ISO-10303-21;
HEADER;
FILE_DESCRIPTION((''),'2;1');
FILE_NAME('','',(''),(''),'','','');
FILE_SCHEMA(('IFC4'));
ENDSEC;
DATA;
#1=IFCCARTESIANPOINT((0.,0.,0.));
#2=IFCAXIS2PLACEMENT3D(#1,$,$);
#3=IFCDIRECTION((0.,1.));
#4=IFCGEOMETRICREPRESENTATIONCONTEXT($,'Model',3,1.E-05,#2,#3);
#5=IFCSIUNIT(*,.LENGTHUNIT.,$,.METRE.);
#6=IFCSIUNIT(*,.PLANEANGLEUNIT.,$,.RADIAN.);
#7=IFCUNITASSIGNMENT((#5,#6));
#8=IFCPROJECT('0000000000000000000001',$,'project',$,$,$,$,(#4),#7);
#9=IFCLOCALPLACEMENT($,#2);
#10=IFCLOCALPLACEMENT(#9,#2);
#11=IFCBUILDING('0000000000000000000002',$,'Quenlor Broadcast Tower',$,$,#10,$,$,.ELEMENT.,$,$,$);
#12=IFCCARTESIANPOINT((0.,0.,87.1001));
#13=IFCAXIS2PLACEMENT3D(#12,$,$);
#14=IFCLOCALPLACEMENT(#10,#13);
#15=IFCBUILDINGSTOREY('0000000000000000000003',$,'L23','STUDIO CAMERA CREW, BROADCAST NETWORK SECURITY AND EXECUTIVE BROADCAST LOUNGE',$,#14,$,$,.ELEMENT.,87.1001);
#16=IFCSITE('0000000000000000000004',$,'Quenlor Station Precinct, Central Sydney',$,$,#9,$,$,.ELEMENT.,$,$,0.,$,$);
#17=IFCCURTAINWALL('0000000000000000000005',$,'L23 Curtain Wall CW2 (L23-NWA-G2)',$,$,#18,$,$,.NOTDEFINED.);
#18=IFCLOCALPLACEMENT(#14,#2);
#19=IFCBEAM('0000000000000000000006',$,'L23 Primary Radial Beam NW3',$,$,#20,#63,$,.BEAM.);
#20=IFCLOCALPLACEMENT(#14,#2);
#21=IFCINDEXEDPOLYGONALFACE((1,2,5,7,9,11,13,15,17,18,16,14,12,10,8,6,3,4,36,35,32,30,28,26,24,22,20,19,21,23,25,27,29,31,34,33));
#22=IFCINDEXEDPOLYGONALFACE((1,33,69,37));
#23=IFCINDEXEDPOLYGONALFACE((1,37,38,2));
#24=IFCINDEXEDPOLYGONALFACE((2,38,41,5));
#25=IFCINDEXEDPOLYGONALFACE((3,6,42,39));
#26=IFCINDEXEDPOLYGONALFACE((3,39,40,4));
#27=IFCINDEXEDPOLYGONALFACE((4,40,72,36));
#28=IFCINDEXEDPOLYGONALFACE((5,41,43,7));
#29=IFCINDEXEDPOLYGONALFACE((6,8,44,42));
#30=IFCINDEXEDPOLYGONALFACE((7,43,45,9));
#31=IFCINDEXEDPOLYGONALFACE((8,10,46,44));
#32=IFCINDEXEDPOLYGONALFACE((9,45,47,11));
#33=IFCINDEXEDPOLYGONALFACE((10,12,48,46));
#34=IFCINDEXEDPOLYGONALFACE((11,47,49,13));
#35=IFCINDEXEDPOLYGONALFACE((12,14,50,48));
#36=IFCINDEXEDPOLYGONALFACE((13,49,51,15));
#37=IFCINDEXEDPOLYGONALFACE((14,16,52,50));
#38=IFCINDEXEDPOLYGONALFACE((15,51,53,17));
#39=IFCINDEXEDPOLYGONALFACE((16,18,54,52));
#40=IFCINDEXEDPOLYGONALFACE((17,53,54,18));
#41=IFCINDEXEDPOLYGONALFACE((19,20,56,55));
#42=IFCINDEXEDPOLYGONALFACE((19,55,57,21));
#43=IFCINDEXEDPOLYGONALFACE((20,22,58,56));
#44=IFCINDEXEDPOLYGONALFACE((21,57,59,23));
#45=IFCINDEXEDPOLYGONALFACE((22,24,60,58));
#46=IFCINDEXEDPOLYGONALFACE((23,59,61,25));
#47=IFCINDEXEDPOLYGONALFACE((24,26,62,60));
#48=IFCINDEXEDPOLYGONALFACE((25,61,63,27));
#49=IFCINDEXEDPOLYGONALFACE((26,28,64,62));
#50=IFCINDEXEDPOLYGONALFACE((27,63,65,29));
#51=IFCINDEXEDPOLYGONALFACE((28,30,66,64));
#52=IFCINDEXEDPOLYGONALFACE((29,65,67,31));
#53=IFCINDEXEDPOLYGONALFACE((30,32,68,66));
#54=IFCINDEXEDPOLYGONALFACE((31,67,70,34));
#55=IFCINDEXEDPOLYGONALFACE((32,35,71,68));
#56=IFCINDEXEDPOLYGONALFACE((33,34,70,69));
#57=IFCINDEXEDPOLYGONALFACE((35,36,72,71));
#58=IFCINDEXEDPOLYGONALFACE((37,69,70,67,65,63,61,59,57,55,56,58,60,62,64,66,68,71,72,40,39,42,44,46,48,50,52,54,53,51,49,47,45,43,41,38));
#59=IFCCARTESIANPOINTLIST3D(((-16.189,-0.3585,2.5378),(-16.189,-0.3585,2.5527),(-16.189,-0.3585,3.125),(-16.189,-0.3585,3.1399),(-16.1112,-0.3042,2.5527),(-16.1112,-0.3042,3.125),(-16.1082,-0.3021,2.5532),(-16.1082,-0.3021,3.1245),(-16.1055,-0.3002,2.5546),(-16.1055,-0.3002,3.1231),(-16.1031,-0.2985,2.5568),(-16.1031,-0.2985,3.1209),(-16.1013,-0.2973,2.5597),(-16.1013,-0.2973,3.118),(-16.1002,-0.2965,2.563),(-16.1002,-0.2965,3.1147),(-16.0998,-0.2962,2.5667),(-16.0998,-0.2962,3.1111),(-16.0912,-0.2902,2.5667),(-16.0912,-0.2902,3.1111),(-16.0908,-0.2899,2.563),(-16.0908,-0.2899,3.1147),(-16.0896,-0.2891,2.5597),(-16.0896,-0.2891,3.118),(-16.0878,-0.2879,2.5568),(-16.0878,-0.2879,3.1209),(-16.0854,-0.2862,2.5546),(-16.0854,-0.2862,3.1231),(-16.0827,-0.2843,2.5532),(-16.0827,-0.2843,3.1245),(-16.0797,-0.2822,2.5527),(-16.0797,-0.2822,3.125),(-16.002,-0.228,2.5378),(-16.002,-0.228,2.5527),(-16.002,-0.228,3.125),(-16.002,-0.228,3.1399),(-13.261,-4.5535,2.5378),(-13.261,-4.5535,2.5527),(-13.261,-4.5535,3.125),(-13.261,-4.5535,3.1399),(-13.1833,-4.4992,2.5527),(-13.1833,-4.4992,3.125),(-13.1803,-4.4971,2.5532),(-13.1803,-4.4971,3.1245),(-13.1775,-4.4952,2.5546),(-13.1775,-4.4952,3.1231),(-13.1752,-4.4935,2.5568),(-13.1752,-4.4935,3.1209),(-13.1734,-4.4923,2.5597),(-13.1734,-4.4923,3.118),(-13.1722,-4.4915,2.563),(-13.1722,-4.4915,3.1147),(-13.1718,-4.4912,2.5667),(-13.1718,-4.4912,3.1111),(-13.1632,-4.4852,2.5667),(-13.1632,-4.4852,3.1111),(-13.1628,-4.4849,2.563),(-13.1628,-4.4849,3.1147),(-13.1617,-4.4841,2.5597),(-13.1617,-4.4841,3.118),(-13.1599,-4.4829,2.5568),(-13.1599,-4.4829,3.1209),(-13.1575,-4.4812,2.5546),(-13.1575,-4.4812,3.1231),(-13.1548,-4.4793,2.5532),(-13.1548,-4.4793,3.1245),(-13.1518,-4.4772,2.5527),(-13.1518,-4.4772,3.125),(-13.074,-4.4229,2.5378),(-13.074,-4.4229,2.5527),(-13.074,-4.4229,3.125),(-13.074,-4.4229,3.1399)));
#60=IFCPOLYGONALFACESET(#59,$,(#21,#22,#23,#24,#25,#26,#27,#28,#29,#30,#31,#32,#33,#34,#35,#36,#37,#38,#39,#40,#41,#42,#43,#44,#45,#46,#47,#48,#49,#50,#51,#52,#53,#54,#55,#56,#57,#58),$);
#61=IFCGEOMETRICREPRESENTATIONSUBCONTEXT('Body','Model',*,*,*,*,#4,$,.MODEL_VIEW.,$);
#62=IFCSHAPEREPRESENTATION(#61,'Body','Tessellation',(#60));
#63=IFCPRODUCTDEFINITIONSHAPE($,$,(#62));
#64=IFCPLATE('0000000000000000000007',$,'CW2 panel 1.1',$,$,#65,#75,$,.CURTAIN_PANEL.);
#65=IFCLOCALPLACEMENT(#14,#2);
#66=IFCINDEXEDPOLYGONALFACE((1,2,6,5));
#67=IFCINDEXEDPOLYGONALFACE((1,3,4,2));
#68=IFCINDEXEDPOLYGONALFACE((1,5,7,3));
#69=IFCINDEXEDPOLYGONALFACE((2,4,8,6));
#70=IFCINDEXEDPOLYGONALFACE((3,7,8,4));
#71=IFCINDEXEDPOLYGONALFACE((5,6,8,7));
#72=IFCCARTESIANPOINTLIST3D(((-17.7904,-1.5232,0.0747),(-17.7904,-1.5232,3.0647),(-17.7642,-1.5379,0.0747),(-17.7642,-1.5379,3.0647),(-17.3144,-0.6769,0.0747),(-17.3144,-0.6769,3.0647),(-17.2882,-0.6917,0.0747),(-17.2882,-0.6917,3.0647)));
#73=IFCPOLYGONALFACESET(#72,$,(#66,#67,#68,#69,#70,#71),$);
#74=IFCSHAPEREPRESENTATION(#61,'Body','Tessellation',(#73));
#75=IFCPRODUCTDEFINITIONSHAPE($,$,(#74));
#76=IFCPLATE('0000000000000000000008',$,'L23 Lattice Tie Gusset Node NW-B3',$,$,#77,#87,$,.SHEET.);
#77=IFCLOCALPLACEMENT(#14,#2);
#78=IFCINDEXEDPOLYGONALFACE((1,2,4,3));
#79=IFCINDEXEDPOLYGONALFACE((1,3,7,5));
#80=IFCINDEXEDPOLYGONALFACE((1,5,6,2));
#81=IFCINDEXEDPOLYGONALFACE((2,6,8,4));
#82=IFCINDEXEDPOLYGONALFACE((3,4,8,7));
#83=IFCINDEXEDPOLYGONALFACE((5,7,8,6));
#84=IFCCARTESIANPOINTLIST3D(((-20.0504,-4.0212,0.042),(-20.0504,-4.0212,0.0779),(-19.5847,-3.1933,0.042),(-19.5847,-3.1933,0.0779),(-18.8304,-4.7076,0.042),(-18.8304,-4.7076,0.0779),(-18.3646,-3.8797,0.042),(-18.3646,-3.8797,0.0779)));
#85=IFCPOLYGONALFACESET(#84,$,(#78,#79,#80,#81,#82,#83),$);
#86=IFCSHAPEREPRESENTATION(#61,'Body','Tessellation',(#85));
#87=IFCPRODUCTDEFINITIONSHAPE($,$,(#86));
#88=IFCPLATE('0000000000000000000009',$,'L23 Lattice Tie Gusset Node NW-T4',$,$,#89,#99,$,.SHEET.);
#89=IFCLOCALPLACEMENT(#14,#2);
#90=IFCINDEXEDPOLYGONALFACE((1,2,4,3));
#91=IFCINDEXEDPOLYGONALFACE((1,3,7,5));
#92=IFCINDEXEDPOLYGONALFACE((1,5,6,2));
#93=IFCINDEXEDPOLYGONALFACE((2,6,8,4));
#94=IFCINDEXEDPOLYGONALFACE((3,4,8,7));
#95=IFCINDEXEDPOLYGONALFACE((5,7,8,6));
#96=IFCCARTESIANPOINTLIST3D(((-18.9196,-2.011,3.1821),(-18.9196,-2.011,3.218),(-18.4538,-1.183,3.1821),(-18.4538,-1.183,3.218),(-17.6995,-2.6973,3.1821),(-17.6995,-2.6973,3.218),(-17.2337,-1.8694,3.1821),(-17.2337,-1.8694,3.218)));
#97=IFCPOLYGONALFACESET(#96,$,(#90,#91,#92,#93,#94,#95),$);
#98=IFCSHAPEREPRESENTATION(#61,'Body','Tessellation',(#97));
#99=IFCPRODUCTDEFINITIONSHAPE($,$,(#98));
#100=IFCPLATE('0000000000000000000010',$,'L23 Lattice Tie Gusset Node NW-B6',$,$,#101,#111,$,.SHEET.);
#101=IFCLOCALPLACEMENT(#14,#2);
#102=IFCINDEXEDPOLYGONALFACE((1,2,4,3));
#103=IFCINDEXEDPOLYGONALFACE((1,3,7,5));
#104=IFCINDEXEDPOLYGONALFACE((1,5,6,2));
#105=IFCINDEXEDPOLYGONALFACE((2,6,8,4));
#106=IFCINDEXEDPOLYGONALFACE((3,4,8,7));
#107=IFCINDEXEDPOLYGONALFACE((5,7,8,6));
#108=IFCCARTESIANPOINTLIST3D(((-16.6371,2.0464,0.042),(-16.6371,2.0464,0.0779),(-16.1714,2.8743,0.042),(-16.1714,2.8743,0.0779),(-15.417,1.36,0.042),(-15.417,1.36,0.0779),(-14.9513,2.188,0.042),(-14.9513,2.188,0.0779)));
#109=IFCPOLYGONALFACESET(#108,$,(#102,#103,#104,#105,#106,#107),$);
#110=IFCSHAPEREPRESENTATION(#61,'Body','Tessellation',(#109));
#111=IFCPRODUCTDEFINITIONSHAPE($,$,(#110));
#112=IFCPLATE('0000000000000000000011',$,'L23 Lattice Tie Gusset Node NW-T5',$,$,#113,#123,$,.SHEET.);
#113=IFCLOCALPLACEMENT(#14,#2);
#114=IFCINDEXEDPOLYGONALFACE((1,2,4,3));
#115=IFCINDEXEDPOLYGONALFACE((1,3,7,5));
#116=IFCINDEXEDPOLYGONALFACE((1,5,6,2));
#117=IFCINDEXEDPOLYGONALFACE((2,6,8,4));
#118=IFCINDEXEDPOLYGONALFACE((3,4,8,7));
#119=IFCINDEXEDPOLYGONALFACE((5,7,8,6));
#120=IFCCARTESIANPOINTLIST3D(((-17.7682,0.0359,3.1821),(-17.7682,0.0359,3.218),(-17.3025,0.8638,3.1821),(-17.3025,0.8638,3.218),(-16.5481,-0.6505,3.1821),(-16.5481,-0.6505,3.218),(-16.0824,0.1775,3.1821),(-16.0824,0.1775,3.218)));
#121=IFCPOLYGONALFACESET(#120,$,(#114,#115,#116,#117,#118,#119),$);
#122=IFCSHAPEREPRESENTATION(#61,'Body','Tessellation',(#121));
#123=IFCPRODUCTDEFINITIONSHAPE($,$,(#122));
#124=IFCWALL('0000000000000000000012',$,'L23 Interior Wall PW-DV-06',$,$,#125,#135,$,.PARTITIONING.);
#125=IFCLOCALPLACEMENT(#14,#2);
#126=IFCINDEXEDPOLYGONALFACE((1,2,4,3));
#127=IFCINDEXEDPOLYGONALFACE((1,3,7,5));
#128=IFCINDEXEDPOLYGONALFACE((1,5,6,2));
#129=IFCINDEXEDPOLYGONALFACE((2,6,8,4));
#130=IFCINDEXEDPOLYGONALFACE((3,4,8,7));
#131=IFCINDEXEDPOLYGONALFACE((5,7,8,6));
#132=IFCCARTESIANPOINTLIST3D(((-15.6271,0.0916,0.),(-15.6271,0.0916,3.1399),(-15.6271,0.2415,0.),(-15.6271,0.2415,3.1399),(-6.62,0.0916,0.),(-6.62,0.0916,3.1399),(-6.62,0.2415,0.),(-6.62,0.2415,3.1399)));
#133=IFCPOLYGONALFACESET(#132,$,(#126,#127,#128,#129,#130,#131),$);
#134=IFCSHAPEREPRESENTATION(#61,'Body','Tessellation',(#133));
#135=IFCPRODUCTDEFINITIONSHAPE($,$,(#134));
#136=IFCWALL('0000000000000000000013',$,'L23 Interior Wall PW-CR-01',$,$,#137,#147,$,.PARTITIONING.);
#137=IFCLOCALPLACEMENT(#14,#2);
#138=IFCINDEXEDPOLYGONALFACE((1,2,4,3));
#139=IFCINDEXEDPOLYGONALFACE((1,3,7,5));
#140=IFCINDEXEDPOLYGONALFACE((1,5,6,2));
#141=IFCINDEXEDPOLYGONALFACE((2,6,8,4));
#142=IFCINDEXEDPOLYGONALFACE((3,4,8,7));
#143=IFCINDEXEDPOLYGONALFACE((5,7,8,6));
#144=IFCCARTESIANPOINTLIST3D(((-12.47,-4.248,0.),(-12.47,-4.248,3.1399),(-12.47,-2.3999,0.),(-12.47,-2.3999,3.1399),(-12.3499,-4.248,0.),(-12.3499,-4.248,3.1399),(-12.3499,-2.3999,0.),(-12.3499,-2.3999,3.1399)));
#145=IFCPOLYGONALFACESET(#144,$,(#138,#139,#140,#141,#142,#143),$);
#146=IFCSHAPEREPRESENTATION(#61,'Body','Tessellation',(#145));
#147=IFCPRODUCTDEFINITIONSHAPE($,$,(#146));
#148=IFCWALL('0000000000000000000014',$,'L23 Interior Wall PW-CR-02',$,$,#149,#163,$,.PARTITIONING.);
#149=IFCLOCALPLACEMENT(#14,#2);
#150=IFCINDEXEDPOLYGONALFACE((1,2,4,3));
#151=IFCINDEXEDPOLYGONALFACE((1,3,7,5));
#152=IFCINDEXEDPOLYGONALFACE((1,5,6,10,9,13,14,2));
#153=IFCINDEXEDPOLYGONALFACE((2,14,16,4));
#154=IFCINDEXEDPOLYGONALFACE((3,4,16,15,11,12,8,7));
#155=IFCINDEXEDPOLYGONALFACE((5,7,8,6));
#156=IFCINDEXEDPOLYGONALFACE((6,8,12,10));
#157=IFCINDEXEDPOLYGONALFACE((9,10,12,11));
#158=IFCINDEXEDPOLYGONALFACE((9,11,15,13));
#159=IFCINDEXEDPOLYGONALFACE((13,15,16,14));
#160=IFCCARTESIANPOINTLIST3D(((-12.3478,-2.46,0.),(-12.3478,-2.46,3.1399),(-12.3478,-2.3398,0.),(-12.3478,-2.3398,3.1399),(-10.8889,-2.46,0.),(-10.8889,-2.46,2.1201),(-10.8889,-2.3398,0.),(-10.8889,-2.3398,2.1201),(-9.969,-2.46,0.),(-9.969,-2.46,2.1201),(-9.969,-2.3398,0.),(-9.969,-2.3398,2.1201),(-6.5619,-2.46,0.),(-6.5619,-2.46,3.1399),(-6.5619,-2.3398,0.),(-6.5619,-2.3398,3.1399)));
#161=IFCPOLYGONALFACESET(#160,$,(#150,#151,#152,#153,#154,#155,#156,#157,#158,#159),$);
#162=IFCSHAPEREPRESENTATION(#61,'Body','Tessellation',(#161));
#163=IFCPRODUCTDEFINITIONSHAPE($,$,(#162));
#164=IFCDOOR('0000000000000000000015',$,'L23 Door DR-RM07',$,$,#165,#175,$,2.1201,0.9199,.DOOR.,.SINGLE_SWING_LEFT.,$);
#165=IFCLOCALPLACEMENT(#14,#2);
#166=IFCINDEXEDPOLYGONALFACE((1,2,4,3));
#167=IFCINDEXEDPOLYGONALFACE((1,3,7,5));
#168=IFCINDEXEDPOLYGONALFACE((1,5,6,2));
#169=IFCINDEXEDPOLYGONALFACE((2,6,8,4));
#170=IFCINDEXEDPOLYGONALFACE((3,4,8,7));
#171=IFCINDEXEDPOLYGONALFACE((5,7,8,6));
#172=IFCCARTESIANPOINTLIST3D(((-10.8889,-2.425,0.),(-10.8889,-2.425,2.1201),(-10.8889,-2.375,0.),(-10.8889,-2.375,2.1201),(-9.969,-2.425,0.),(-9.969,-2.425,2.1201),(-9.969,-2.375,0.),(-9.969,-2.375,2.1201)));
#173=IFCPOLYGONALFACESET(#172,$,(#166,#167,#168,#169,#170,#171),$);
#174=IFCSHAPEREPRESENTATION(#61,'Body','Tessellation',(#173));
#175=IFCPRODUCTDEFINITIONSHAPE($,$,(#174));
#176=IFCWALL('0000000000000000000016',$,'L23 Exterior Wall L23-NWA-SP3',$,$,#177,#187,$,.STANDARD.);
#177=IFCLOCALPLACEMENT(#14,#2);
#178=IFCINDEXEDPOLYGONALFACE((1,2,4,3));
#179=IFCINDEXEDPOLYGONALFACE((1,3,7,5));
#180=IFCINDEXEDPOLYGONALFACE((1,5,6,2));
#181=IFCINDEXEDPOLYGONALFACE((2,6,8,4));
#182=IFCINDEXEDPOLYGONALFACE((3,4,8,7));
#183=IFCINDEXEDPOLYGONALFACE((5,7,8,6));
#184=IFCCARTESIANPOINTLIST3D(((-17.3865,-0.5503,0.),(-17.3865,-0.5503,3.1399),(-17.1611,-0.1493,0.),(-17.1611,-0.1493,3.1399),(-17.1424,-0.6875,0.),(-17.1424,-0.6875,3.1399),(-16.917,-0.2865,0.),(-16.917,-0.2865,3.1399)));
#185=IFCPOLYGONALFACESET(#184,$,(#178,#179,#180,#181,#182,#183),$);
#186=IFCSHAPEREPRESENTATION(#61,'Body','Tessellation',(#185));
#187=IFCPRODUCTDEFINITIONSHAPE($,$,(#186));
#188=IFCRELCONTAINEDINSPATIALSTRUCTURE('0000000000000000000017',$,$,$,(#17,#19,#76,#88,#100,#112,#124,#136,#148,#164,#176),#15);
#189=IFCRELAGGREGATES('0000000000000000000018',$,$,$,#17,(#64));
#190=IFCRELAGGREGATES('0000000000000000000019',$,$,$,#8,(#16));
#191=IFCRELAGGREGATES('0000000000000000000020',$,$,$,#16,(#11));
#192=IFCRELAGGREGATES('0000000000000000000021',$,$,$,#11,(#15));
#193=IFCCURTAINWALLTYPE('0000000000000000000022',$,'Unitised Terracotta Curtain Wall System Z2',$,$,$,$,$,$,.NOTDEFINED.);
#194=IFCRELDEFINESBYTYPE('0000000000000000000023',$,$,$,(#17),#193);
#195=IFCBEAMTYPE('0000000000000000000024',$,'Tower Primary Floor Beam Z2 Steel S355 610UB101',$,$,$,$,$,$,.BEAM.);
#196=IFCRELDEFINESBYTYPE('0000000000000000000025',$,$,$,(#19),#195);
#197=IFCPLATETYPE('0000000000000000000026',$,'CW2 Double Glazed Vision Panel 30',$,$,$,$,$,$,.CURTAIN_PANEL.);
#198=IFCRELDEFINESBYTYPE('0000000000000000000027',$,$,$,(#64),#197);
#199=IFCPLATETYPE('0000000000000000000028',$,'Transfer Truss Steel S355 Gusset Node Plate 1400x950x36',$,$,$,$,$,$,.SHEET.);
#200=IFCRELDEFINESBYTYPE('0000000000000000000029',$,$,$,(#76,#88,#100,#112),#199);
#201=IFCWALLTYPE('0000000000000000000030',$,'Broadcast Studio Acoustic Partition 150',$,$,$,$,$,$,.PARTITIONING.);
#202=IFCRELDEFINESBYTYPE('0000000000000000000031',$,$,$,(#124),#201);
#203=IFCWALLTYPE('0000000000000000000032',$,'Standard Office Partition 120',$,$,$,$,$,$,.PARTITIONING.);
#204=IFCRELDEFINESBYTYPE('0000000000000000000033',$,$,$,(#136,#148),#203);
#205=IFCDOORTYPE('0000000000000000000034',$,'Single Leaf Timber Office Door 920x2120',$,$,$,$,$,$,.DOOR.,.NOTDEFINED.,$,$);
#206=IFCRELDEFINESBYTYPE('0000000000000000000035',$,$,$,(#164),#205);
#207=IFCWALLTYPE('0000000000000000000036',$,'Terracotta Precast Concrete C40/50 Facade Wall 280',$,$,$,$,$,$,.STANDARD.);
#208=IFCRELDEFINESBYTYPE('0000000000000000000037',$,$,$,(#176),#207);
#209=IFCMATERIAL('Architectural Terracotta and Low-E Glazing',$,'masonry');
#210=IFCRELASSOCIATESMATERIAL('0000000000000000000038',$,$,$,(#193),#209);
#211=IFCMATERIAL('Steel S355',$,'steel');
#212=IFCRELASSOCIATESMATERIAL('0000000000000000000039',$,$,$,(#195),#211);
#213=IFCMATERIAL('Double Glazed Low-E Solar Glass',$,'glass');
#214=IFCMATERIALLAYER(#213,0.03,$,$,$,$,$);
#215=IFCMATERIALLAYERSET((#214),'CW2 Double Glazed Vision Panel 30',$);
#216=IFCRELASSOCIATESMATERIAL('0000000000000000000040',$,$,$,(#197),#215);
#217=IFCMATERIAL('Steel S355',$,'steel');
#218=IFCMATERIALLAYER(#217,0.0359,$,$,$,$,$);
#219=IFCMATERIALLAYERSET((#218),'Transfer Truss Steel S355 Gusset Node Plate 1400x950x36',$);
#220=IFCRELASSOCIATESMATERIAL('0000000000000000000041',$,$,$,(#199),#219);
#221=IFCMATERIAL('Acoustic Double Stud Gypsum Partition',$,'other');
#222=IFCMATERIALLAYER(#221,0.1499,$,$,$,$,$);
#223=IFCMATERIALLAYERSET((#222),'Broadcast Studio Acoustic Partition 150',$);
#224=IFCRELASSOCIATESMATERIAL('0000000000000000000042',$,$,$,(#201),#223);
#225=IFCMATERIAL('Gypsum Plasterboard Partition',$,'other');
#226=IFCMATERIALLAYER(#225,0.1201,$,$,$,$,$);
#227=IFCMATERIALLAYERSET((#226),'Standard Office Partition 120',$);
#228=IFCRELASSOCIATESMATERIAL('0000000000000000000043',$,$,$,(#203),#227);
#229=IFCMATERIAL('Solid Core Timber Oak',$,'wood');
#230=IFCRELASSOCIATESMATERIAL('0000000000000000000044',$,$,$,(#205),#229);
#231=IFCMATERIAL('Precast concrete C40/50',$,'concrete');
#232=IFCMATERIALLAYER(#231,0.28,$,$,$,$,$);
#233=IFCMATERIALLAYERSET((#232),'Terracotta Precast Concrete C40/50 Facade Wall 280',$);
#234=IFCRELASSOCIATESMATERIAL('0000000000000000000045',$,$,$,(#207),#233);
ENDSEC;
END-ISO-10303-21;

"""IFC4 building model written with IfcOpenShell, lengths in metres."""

from ifc_helpers import new_model, si_unit, direction, frame, frame_2d, origin, origin_2d, place, context, subcontext, project, spatial, rectangle, i_section, extrude, material, layer, layer_set, material_profile, profile_set, type_object, element, fill, aggregate, save


model = new_model("IFC4")

# Units and contexts
model_context = context("Model", 3, precision=1e-05, world=origin(), true_north=direction((0.0, 1.0)))
body_context = subcontext(model_context, "Body", "Model", "MODEL_VIEW")
ifc_project = project(units=[si_unit("LENGTHUNIT", "METRE"), si_unit("PLANEANGLEUNIT", "RADIAN")], contexts=[model_context])

# Site, building, storey
site_placement = place(None, origin())
site = spatial("IfcSite", under=ifc_project, at=site_placement, Name="Quenlor Station Precinct, Central Sydney", CompositionType="ELEMENT", RefElevation=0.0)
building_placement = place(site_placement, origin())
building = spatial("IfcBuilding", under=site, at=building_placement, Name="Quenlor Broadcast Tower", CompositionType="ELEMENT")
storey_placement = place(building_placement, frame((0.0, 0.0, 87.1001)))
storey = spatial("IfcBuildingStorey", under=building, at=storey_placement, Name="L23", Description="STUDIO CAMERA CREW, BROADCAST NETWORK SECURITY AND EXECUTIVE BROADCAST LOUNGE", CompositionType="ELEMENT", Elevation=87.1001)

# Curtain wall
ifc_material_1 = material(Name="Architectural Terracotta and Low-E Glazing", Category="masonry")
curtain_wall_type = type_object("IfcCurtainWallType", Name="Unitised Terracotta Curtain Wall System Z2", PredefinedType="NOTDEFINED", material=ifc_material_1)
curtain_wall_placement = place(storey_placement, origin())
curtain_wall = element("IfcCurtainWall", 1, at=curtain_wall_placement, inside=storey, type_object=curtain_wall_type, Name="L23 Curtain Wall CW2 (L23-NWA-G2)", PredefinedType="NOTDEFINED")

# Beam
ifc_material_2 = material(Name="Steel S355", Category="steel")
ifc_material_profile_1 = material_profile(ifc_material_2, i_section(OverallWidth=0.228, OverallDepth=0.6021, WebThickness=0.0105, FlangeThickness=0.0149, FilletRadius=0.0139, at=origin_2d()))
ifc_profile_set_1 = profile_set([ifc_material_profile_1], Name="Steel S355 610UB101")
beam_type_1 = type_object("IfcBeamType", Name="Tower Primary Floor Beam Z2 Steel S355 610UB101", PredefinedType="BEAM", material=ifc_profile_set_1)
beam_1_placement = place(storey_placement, frame((-16.0955, -0.2932, 2.8389), z_axis=(0.572338, -0.820018, 0.0), x_axis=(0.820018, 0.572338, 0.0)))
element("IfcBeam", 2, at=beam_1_placement, inside=storey, type_object=beam_type_1, Name="L23 Primary Radial Beam NW3", PredefinedType="BEAM", context=body_context, shape_type="SweptSolid", body=[
    extrude(i_section(OverallWidth=0.228, OverallDepth=0.6021, WebThickness=0.0105, FlangeThickness=0.0149, FilletRadius=0.0139, at=origin_2d()), origin(), (0.0, 0.0, 1.0), 5.1157),
])

# Plate
ifc_material_3 = material(Name="Double Glazed Low-E Solar Glass", Category="glass")
ifc_layer_1 = layer(ifc_material_3, 0.03)
ifc_layer_set_1 = layer_set([ifc_layer_1], Name="CW2 Double Glazed Vision Panel 30")
plate_type_1 = type_object("IfcPlateType", Name="CW2 Double Glazed Vision Panel 30", PredefinedType="CURTAIN_PANEL", material=ifc_layer_set_1)
plate_placement = place(storey_placement, frame((-17.5393, -1.1074, 0.0747), z_axis=(0.0, 0.0, 1.0), x_axis=(0.490249, 0.871583, 0.0)))
plate = element("IfcPlate", 3, at=plate_placement, type_object=plate_type_1, Name="CW2 panel 1.1", PredefinedType="CURTAIN_PANEL", context=body_context, shape_type="SweptSolid", body=[
    extrude(rectangle(XDim=0.9709, YDim=0.03, at=origin_2d()), origin(), (0.0, 0.0, 1.0), 2.99),
])
aggregate(curtain_wall, [plate])

# Plates
ifc_material_4 = material(Name="Steel S355", Category="steel")
ifc_layer_2 = layer(ifc_material_4, 0.0359)
ifc_layer_set_2 = layer_set([ifc_layer_2], Name="Transfer Truss Steel S355 Gusset Node Plate 1400x950x36")
plate_type_2 = type_object("IfcPlateType", Name="Transfer Truss Steel S355 Gusset Node Plate 1400x950x36", PredefinedType="SHEET", material=ifc_layer_set_2)
for number, where, z_axis, x_axis, name in (
    (4, (-19.2075, -3.9504, 0.042), (0.0, 0.0, 1.0), (-0.871556, 0.490295, 0.0), "L23 Lattice Tie Gusset Node NW-B3"),
    (5, (-18.0767, -1.9402, 3.1821), (0.0, 0.0, 1.0), (-0.871556, 0.490295, 0.0), "L23 Lattice Tie Gusset Node NW-T4"),
    (6, (-15.7942, 2.1172, 0.042), (0.0, 0.0, 1.0), (-0.871556, 0.490295, 0.0), "L23 Lattice Tie Gusset Node NW-B6"),
    (7, (-16.9253, 0.1067, 3.1821), (0.0, 0.0, 1.0), (-0.871556, 0.490295, 0.0), "L23 Lattice Tie Gusset Node NW-T5"),
):
    element("IfcPlate", number, at=place(storey_placement, frame(where, z_axis=z_axis, x_axis=x_axis)), inside=storey, type_object=plate_type_2, Name=name, PredefinedType="SHEET", context=body_context, shape_type="SweptSolid", body=[
        extrude(rectangle(XDim=1.3999, YDim=0.95, at=origin_2d()), origin(), (0.0, 0.0, 1.0), 0.0359),
    ])

# Walls
ifc_material_5 = material(Name="Acoustic Double Stud Gypsum Partition", Category="other")
ifc_layer_3 = layer(ifc_material_5, 0.1499)
ifc_layer_set_3 = layer_set([ifc_layer_3], Name="Broadcast Studio Acoustic Partition 150")
wall_type_1 = type_object("IfcWallType", Name="Broadcast Studio Acoustic Partition 150", PredefinedType="PARTITIONING", material=ifc_layer_set_3)
wall_1_placement = place(storey_placement, frame((-6.6201, 0.1665, 0.0), z_axis=(0.0, 0.0, 1.0), x_axis=(-1.0, 0.0, 0.0)))
element("IfcWall", 8, at=wall_1_placement, inside=storey, type_object=wall_type_1, Name="L23 Interior Wall PW-DV-06", PredefinedType="PARTITIONING", context=body_context, shape_type="SweptSolid", body=[
    extrude(rectangle(XDim=9.0071, YDim=0.1499, at=frame_2d((4.5034, 0.0))), origin(), (0.0, 0.0, 1.0), 3.1399),
])
ifc_material_6 = material(Name="Gypsum Plasterboard Partition", Category="other")
ifc_layer_4 = layer(ifc_material_6, 0.1201)
ifc_layer_set_4 = layer_set([ifc_layer_4], Name="Standard Office Partition 120")
wall_type_2 = type_object("IfcWallType", Name="Standard Office Partition 120", PredefinedType="PARTITIONING", material=ifc_layer_set_4)
wall_2_placement = place(storey_placement, frame((-12.4099, -4.248, 0.0), z_axis=(0.0, 0.0, 1.0), x_axis=(0.0, 1.0, 0.0)))
element("IfcWall", 9, at=wall_2_placement, inside=storey, type_object=wall_type_2, Name="L23 Interior Wall PW-CR-01", PredefinedType="PARTITIONING", context=body_context, shape_type="SweptSolid", body=[
    extrude(rectangle(XDim=1.8481, YDim=0.1201, at=frame_2d((0.9241, 0.0))), origin(), (0.0, 0.0, 1.0), 3.1399),
])

# Wall, opening, door
wall_3_placement = place(storey_placement, frame((-12.3479, -2.3999, 0.0), z_axis=(0.0, 0.0, 1.0), x_axis=(1.0, 0.0, 0.0)))
wall_3 = element("IfcWall", 10, at=wall_3_placement, inside=storey, type_object=wall_type_2, Name="L23 Interior Wall PW-CR-02", PredefinedType="PARTITIONING", context=body_context, shape_type="SweptSolid", body=[
    extrude(rectangle(XDim=5.7859, YDim=0.1201, at=frame_2d((2.8931, 0.0))), origin(), (0.0, 0.0, 1.0), 3.1399),
])
opening_placement = place(wall_3_placement, frame((1.459, 0.0, 0.0)))
opening = element("IfcOpeningElement", 11, at=opening_placement, cuts=wall_3, PredefinedType="OPENING", context=body_context, shape_type="SweptSolid", body=[
    extrude(rectangle(XDim=0.9199, YDim=2.1201, at=frame_2d((0.46, 1.0601))), frame((0.0, 0.0701, 0.0), z_axis=(0.0, -1.0, 0.0), x_axis=(1.0, 0.0, 0.0)), (0.0, 0.0, 1.0), 0.1401),
])
ifc_material_7 = material(Name="Solid Core Timber Oak", Category="wood")
door_type = type_object("IfcDoorType", Name="Single Leaf Timber Office Door 920x2120", OperationType="NOTDEFINED", PredefinedType="DOOR", material=ifc_material_7)
door_placement = place(opening_placement, origin())
door = element("IfcDoor", 12, at=door_placement, inside=storey, type_object=door_type, Name="L23 Door DR-RM07", OperationType="SINGLE_SWING_LEFT", OverallHeight=2.1201, OverallWidth=0.9199, PredefinedType="DOOR", context=body_context, shape_type="SweptSolid", body=[
    extrude(rectangle(XDim=0.9199, YDim=2.1201, at=frame_2d((0.46, 1.0601))), frame((0.0, 0.0249, 0.0), z_axis=(0.0, -1.0, 0.0), x_axis=(1.0, 0.0, 0.0)), (0.0, 0.0, 1.0), 0.05),
])
fill(opening, door)

# Wall
ifc_material_8 = material(Name="Precast concrete C40/50", Category="concrete")
ifc_layer_5 = layer(ifc_material_8, 0.28)
ifc_layer_set_5 = layer_set([ifc_layer_5], Name="Terracotta Precast Concrete C40/50 Facade Wall 280")
wall_type_3 = type_object("IfcWallType", Name="Terracotta Precast Concrete C40/50 Facade Wall 280", PredefinedType="STANDARD", material=ifc_layer_set_5)
wall_4_placement = place(storey_placement, frame((-17.2644, -0.6189, 0.0), z_axis=(0.0, 0.0, 1.0), x_axis=(0.490009, 0.871717, 0.0)))
element("IfcWall", 13, at=wall_4_placement, inside=storey, type_object=wall_type_3, Name="L23 Exterior Wall L23-NWA-SP3", PredefinedType="STANDARD", context=body_context, shape_type="SweptSolid", body=[
    extrude(rectangle(XDim=0.46, YDim=0.28, at=frame_2d((0.23, 0.0))), origin(), (0.0, 0.0, 1.0), 3.1399),
])

save(model, "model.ifc")
